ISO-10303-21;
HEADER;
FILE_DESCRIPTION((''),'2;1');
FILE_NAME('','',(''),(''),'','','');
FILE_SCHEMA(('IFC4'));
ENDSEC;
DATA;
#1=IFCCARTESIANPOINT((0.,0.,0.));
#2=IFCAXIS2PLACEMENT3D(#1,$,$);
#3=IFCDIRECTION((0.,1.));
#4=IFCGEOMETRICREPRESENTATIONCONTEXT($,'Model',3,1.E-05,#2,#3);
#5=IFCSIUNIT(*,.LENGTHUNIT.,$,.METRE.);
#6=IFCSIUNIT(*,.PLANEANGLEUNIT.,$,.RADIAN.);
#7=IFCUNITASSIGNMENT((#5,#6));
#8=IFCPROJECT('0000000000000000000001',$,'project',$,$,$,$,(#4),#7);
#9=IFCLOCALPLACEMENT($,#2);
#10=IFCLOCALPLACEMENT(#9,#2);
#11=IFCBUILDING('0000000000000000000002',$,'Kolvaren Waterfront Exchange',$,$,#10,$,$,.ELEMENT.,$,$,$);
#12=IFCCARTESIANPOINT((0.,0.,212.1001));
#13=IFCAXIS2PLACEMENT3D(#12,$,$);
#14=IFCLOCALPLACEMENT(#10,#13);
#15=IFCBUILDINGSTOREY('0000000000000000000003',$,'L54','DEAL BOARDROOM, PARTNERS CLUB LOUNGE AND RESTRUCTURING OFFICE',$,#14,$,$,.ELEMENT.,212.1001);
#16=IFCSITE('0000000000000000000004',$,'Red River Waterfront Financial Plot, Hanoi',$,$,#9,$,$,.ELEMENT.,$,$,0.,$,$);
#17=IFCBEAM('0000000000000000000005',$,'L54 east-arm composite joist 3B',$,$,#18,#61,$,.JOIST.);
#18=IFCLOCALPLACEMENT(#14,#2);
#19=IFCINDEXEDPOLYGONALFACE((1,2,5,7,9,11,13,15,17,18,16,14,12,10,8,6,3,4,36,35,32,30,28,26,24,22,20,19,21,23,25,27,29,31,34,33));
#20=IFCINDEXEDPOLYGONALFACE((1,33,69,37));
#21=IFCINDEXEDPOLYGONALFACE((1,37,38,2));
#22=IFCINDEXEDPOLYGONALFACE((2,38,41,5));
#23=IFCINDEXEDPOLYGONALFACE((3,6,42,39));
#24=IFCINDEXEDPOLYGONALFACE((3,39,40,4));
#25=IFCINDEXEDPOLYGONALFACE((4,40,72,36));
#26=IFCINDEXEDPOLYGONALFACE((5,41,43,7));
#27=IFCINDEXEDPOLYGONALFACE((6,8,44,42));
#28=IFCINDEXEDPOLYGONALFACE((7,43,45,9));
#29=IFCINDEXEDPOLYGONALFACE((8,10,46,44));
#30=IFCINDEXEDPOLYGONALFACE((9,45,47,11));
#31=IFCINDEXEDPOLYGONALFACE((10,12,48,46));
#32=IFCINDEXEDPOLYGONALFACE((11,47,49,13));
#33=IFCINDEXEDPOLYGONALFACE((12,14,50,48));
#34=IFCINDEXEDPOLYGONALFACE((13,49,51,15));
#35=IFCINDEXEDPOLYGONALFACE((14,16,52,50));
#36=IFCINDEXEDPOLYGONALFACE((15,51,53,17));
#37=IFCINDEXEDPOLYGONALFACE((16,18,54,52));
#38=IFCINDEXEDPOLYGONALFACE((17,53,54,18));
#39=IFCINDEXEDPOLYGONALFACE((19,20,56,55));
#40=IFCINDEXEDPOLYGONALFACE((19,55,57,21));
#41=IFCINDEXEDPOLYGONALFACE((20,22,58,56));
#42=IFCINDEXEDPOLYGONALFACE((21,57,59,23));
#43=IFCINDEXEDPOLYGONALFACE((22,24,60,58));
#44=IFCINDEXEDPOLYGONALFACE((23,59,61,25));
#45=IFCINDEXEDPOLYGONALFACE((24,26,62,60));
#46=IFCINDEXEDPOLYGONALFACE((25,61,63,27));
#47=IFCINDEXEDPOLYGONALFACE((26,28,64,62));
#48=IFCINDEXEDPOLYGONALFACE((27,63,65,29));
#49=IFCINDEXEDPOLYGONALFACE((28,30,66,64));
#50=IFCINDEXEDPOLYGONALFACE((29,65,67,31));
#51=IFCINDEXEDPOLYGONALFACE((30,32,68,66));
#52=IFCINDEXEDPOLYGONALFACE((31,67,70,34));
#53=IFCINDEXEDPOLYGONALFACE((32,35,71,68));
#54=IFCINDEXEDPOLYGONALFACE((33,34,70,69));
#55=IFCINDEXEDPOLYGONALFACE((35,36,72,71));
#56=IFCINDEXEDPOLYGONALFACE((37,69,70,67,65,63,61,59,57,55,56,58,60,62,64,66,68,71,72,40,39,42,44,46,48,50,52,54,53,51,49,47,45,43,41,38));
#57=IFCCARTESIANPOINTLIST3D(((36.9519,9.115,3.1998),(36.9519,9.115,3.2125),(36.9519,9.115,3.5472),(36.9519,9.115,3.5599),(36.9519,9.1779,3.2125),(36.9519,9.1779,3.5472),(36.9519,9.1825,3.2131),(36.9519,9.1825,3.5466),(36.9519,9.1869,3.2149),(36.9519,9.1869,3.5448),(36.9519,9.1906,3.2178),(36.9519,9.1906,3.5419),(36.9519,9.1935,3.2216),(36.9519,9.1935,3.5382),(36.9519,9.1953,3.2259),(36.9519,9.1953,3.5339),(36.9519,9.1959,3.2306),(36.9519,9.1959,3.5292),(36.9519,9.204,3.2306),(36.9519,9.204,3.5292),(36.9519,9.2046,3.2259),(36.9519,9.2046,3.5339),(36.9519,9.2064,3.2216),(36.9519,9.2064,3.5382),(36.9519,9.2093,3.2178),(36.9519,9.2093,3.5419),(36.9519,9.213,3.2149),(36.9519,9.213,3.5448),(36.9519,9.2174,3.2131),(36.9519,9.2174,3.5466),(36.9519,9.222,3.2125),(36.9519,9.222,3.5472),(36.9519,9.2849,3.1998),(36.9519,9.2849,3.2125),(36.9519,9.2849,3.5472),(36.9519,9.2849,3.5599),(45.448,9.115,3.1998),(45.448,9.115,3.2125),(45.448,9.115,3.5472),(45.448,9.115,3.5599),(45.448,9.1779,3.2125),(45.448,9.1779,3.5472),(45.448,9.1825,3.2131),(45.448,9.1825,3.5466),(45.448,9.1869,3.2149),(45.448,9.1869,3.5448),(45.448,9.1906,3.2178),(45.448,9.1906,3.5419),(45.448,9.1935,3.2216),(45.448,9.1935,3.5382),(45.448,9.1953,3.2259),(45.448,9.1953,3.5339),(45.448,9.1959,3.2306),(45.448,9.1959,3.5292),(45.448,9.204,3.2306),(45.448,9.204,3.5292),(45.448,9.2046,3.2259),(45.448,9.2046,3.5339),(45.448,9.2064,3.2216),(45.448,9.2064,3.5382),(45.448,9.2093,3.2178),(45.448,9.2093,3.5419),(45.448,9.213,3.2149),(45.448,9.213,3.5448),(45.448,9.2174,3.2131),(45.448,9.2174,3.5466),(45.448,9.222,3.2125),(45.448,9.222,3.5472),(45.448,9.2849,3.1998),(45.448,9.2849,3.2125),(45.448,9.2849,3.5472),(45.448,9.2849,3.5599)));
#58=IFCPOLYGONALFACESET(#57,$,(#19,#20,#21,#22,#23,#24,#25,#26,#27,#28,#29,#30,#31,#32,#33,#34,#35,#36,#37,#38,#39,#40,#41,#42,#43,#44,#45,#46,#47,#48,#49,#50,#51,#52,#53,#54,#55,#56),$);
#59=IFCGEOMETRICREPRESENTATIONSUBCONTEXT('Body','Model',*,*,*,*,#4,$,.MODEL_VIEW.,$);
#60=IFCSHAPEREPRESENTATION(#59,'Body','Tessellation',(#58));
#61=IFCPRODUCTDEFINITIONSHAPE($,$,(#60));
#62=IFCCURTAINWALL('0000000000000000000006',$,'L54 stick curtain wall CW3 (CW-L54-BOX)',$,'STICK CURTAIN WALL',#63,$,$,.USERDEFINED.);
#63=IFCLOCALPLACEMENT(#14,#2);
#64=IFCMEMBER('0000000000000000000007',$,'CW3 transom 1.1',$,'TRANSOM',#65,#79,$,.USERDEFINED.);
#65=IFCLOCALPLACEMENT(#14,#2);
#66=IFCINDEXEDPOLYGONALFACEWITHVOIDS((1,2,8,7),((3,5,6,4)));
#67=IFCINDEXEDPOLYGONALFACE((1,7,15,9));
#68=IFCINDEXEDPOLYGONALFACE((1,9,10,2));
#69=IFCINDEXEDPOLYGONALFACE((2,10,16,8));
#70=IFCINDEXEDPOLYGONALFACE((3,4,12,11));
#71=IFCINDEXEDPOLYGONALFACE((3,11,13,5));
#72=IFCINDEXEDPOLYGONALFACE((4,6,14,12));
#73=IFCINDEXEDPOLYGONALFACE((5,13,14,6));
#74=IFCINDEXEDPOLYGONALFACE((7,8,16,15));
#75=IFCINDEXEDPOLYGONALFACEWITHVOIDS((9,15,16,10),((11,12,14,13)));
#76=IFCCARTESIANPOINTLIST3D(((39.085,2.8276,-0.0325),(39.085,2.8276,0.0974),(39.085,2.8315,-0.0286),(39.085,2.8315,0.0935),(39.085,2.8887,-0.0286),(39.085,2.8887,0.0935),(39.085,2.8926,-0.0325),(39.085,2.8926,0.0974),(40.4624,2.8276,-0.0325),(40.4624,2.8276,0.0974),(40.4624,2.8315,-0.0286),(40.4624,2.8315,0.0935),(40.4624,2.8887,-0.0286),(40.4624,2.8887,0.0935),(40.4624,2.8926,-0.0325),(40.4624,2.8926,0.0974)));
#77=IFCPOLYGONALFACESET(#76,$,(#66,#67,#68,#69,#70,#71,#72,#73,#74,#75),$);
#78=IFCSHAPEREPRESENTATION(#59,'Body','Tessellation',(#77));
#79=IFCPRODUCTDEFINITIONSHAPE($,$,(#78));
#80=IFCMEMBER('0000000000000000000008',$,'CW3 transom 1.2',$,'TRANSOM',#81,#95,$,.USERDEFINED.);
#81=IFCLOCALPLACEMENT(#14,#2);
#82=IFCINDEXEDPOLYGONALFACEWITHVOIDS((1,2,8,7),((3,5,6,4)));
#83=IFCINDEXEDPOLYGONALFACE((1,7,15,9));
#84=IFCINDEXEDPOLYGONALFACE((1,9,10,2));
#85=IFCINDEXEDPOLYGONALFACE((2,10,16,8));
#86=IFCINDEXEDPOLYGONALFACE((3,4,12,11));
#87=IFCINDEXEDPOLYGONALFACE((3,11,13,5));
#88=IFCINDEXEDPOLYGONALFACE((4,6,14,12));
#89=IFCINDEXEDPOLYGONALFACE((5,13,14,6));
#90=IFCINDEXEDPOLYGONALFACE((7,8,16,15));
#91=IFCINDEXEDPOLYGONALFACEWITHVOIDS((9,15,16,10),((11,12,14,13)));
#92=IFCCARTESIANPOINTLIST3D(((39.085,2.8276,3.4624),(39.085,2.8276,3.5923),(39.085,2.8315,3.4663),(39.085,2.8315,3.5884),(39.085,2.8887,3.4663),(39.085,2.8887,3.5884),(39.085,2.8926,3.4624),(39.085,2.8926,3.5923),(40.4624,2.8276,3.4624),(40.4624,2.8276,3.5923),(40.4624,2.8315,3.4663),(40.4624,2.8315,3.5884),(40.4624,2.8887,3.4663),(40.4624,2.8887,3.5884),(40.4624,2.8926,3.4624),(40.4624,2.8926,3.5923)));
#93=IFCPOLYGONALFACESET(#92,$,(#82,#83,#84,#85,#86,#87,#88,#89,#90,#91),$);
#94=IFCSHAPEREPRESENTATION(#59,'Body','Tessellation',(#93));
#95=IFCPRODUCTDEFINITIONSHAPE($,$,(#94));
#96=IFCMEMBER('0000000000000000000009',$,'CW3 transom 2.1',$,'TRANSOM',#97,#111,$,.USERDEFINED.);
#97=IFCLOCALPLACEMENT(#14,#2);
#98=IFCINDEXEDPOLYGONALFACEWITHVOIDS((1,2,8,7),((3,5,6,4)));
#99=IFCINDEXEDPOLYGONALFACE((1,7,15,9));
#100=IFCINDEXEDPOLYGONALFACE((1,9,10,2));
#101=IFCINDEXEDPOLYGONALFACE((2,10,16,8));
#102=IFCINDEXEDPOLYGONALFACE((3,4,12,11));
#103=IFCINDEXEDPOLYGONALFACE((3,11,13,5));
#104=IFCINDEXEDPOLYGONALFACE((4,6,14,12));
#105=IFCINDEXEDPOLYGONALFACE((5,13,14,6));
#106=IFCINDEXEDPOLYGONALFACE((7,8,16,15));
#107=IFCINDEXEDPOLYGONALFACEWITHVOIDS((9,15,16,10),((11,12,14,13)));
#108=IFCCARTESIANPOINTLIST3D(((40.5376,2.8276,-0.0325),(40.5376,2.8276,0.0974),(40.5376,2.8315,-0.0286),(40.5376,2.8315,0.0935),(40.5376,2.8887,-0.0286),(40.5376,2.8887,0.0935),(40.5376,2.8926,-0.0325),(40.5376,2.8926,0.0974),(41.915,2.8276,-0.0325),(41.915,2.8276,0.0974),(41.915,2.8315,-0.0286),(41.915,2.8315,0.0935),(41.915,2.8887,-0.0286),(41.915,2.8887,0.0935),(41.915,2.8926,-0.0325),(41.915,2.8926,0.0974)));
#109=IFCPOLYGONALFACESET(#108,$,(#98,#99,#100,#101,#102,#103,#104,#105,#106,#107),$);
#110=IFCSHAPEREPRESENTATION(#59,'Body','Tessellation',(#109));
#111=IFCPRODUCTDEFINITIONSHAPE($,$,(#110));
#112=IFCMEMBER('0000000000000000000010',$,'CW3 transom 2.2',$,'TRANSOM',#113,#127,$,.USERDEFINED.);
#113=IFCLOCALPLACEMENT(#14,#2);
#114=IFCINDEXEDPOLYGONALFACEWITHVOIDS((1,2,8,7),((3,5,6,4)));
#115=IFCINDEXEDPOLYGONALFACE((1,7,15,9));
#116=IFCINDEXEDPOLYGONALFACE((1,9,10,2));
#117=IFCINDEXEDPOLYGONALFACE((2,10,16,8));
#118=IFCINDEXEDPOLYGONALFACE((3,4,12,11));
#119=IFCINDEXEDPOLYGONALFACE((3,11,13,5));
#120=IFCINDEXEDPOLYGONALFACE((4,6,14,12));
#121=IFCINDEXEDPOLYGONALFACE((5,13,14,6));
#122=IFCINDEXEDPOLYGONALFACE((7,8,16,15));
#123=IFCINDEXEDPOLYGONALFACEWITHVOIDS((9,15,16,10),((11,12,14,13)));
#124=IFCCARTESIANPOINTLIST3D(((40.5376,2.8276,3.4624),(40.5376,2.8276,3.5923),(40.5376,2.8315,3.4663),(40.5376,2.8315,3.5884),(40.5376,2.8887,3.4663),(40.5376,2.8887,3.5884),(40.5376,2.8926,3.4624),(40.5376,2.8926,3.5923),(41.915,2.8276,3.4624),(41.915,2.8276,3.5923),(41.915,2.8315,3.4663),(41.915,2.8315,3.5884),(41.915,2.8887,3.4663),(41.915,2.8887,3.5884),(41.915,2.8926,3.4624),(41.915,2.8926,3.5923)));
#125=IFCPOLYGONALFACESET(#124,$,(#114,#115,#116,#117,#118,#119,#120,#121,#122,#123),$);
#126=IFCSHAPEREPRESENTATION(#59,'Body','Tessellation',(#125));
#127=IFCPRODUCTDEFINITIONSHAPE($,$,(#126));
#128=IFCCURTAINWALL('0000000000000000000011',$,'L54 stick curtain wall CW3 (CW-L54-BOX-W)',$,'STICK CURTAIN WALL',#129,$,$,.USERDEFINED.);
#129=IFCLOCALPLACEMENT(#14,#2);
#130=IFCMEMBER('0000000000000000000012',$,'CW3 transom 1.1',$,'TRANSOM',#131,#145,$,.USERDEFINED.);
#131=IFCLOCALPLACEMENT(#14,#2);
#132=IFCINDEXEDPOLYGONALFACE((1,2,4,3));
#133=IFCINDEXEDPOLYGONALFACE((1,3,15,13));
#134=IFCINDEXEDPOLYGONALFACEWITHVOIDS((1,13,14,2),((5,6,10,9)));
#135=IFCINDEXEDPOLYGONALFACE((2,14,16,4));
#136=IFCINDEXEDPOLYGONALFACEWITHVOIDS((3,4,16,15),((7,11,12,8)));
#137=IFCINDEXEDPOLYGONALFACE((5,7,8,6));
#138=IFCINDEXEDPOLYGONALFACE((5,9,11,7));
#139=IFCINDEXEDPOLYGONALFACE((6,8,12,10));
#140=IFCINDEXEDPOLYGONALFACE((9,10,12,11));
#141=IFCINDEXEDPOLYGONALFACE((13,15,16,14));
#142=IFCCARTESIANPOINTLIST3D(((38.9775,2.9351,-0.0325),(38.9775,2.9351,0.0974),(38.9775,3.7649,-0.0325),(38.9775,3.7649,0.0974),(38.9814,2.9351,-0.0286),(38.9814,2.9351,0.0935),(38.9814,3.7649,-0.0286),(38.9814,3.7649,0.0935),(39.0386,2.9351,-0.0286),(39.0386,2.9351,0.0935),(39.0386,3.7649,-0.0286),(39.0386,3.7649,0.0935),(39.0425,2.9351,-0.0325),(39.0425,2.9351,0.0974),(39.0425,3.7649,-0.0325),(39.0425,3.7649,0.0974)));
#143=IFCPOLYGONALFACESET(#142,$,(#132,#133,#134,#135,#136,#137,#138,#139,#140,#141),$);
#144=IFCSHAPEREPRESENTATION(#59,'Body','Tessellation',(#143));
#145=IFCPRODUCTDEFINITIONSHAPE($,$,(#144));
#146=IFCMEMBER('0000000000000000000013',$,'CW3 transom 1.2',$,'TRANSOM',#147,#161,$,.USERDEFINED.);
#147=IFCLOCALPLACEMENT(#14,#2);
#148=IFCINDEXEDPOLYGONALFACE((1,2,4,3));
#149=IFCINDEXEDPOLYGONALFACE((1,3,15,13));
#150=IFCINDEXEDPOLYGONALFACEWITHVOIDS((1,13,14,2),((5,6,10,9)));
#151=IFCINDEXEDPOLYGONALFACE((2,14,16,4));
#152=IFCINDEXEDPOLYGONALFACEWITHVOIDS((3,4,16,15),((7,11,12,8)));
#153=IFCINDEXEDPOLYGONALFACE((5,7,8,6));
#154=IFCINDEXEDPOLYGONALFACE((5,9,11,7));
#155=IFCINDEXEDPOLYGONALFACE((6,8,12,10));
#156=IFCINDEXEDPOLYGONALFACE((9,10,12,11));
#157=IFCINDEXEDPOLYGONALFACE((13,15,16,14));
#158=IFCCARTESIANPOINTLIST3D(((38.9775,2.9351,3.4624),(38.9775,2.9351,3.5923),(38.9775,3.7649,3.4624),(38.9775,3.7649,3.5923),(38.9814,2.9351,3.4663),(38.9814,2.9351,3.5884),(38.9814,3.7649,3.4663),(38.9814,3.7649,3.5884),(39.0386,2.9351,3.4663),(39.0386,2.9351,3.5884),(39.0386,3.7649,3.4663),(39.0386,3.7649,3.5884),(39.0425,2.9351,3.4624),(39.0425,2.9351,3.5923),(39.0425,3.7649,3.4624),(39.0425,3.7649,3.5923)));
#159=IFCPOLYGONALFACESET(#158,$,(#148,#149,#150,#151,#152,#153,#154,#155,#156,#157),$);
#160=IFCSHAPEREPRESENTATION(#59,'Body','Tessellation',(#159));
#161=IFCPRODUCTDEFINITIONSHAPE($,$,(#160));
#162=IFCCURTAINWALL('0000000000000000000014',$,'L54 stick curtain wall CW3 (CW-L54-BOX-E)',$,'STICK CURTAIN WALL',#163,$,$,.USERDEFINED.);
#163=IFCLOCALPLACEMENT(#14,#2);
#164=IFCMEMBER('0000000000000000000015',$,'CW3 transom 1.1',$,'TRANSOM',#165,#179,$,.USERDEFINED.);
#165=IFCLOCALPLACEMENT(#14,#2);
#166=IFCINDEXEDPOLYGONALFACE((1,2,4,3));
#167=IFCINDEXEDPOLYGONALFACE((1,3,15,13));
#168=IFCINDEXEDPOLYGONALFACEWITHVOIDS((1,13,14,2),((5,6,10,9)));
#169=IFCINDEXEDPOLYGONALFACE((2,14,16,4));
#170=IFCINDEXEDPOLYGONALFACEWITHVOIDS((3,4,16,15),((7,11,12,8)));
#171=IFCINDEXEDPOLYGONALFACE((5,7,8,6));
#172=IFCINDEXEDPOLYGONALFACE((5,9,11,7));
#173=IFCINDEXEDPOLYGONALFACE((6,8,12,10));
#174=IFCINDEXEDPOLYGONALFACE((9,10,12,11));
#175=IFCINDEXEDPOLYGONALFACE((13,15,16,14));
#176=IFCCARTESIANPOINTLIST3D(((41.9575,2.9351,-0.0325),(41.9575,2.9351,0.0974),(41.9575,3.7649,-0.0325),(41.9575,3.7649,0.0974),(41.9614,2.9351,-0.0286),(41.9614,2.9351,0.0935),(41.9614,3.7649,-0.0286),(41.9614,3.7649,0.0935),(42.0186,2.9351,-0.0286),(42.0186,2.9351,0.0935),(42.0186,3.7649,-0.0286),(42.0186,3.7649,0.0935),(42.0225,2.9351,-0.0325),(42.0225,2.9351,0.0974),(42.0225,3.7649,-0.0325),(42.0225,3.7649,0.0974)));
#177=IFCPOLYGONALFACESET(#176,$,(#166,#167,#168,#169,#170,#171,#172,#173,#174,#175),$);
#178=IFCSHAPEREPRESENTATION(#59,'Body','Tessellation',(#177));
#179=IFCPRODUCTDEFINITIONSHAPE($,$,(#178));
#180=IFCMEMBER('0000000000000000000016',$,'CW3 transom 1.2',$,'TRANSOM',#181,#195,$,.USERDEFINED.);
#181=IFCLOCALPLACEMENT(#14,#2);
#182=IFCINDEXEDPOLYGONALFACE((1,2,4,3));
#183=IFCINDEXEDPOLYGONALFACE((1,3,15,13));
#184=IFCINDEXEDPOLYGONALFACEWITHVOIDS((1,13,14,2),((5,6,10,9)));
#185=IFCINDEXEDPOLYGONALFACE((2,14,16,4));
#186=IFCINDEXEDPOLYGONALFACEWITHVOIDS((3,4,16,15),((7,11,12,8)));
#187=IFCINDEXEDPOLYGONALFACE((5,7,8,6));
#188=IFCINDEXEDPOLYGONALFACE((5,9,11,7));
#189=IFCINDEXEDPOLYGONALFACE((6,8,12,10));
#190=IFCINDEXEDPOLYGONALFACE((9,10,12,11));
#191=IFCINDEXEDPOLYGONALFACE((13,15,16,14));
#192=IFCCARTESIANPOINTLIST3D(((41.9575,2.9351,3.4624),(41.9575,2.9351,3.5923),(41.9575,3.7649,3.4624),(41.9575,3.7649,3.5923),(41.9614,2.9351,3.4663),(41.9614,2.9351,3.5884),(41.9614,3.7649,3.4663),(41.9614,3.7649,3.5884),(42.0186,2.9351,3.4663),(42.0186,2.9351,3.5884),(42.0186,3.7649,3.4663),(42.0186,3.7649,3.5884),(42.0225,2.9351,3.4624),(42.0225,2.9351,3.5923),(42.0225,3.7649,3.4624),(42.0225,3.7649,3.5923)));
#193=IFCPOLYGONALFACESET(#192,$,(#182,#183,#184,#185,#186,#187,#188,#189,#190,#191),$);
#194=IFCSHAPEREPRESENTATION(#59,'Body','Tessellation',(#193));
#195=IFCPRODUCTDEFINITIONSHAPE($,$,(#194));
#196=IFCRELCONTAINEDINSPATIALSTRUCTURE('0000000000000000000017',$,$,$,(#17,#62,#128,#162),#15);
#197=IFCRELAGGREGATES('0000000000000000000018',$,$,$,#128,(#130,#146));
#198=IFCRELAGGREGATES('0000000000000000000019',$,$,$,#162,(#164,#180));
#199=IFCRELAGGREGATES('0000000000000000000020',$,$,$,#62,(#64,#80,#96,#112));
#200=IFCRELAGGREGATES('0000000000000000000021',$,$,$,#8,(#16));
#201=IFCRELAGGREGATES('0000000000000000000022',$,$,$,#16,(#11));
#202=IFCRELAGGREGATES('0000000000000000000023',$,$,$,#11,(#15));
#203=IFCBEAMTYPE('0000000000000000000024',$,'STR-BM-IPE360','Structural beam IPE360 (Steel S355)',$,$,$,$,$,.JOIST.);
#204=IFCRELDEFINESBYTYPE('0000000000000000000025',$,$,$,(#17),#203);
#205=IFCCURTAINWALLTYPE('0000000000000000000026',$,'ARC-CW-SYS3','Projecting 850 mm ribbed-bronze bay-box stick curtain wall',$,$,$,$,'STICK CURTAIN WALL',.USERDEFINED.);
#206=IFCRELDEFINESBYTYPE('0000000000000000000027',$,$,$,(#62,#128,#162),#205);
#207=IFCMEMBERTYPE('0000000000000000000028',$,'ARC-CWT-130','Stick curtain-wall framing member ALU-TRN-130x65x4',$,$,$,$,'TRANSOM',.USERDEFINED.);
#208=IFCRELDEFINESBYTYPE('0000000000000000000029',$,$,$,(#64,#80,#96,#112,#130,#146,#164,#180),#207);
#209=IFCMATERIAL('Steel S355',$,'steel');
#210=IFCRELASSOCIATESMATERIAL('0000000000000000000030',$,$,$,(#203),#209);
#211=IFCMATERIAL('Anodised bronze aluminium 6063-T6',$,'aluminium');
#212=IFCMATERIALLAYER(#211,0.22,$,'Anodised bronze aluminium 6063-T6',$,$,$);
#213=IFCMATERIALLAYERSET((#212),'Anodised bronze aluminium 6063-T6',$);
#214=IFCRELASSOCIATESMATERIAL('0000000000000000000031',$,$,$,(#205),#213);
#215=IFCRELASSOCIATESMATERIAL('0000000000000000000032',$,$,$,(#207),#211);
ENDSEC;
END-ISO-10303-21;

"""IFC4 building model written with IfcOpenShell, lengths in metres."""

from ifc_helpers import new_model, si_unit, direction, frame, origin, origin_with_axes, origin_2d, place, context, subcontext, project, spatial, hollow_rectangle, i_section, extrude, source, transform, mapped, material, layer, layer_set, material_profile, profile_set, type_object, element, aggregate, save


model = new_model("IFC4")

# Units and contexts
model_context = context("Model", 3, precision=1e-05, world=origin(), true_north=direction((0.0, 1.0)))
body_context = subcontext(model_context, "Body", "Model", "MODEL_VIEW")
ifc_project = project(units=[si_unit("LENGTHUNIT", "METRE"), si_unit("PLANEANGLEUNIT", "RADIAN")], contexts=[model_context])

# Site, building, storey
site_placement = place(None, origin())
site = spatial("IfcSite", under=ifc_project, at=site_placement, Name="Red River Waterfront Financial Plot, Hanoi", CompositionType="ELEMENT", RefElevation=0.0)
building_placement = place(site_placement, origin())
building = spatial("IfcBuilding", under=site, at=building_placement, Name="Kolvaren Waterfront Exchange", CompositionType="ELEMENT")
storey_placement = place(building_placement, frame((0.0, 0.0, 212.1001)))
storey = spatial("IfcBuildingStorey", under=building, at=storey_placement, Name="L54", Description="DEAL BOARDROOM, PARTNERS CLUB LOUNGE AND RESTRUCTURING OFFICE", CompositionType="ELEMENT", Elevation=212.1001)

# Beam
ifc_material_1 = material(Name="Steel S355", Category="steel")
ifc_material_profile_1 = material_profile(ifc_material_1, i_section(OverallWidth=0.1699, OverallDepth=0.3601, WebThickness=0.0081, FlangeThickness=0.0127, FilletRadius=0.0181, at=origin_2d()), Name="IPE360")
ifc_profile_set_1 = profile_set([ifc_material_profile_1], Name="Steel S355")
beam_type_1 = type_object("IfcBeamType", Name="STR-BM-IPE360", Description="Structural beam IPE360 (Steel S355)", PredefinedType="JOIST", material=ifc_profile_set_1)
beam_1_placement = place(storey_placement, frame((36.9519, 9.2, 3.3799), z_axis=(1.0, 0.0, 0.0), x_axis=(0.0, 1.0, 0.0)))
element("IfcBeam", 1, at=beam_1_placement, inside=storey, type_object=beam_type_1, Name="L54 east-arm composite joist 3B", PredefinedType="JOIST", context=body_context, shape_type="SweptSolid", body=[
    extrude(i_section(OverallWidth=0.1699, OverallDepth=0.3601, WebThickness=0.0081, FlangeThickness=0.0127, FilletRadius=0.0181, at=origin_2d()), origin(), (0.0, 0.0, 1.0), 8.4961),
])

# Curtain walls, members
ifc_material_2 = material(Name="Anodised bronze aluminium 6063-T6", Category="aluminium")
ifc_layer_1 = layer(ifc_material_2, 0.22, Name="Anodised bronze aluminium 6063-T6")
ifc_layer_set_1 = layer_set([ifc_layer_1], Name="Anodised bronze aluminium 6063-T6")
curtain_wall_type_1 = type_object("IfcCurtainWallType", Name="ARC-CW-SYS3", Description="Projecting 850 mm ribbed-bronze bay-box stick curtain wall", ElementType="STICK CURTAIN WALL", PredefinedType="USERDEFINED", material=ifc_layer_set_1)
curtain_wall_1_placement = place(storey_placement, origin())
curtain_wall_1 = element("IfcCurtainWall", 2, at=curtain_wall_1_placement, inside=storey, type_object=curtain_wall_type_1, Name="L54 stick curtain wall CW3 (CW-L54-BOX)", ObjectType="STICK CURTAIN WALL", PredefinedType="USERDEFINED")
ifc_material_profile_2 = material_profile(ifc_material_2, hollow_rectangle(XDim=0.0649, YDim=0.1299, WallThickness=0.0039, at=origin_2d()), Name="ALU-TRN-130x65x4")
ifc_profile_set_2 = profile_set([ifc_material_profile_2], Name="Anodised bronze aluminium 6063-T6")
member_type_1 = type_object("IfcMemberType", Name="ARC-CWT-130", Description="Stick curtain-wall framing member ALU-TRN-130x65x4", ElementType="TRANSOM", PredefinedType="USERDEFINED", material=ifc_profile_set_2)
shared_shape_1 = source(origin_with_axes(), body_context, "Body", "SweptSolid", [
    extrude(hollow_rectangle(XDim=0.0649, YDim=0.1299, WallThickness=0.0039, at=origin_2d()), origin(), (0.0, 0.0, 1.0), 1.3774),
])
member_1_placement = place(storey_placement, frame((39.085, 2.8601, 0.0325), z_axis=(1.0, 0.0, 0.0), x_axis=(0.0, 1.0, 0.0)))
member_1 = element("IfcMember", 3, at=member_1_placement, type_object=member_type_1, Name="CW3 transom 1.1", ObjectType="TRANSOM", PredefinedType="USERDEFINED", context=body_context, shape_type="MappedRepresentation", body=[
    mapped(shared_shape_1, transform((0.0, 0.0, 0.0), x_axis=(1.0, 0.0, 0.0), y_axis=(0.0, 1.0, 0.0), z_axis=(0.0, 0.0, 1.0), scale=1.0)),
])
member_2_placement = place(storey_placement, frame((39.085, 2.8601, 3.5273), z_axis=(1.0, 0.0, 0.0), x_axis=(0.0, 1.0, 0.0)))
member_2 = element("IfcMember", 4, at=member_2_placement, type_object=member_type_1, Name="CW3 transom 1.2", ObjectType="TRANSOM", PredefinedType="USERDEFINED", context=body_context, shape_type="MappedRepresentation", body=[
    mapped(shared_shape_1, transform((0.0, 0.0, 0.0), x_axis=(1.0, 0.0, 0.0), y_axis=(0.0, 1.0, 0.0), z_axis=(0.0, 0.0, 1.0), scale=1.0)),
])
member_3_placement = place(storey_placement, frame((40.5376, 2.8601, 0.0325), z_axis=(1.0, 0.0, 0.0), x_axis=(0.0, 1.0, 0.0)))
member_3 = element("IfcMember", 5, at=member_3_placement, type_object=member_type_1, Name="CW3 transom 2.1", ObjectType="TRANSOM", PredefinedType="USERDEFINED", context=body_context, shape_type="MappedRepresentation", body=[
    mapped(shared_shape_1, transform((0.0, 0.0, 0.0), x_axis=(1.0, 0.0, 0.0), y_axis=(0.0, 1.0, 0.0), z_axis=(0.0, 0.0, 1.0), scale=1.0)),
])
member_4_placement = place(storey_placement, frame((40.5376, 2.8601, 3.5273), z_axis=(1.0, 0.0, 0.0), x_axis=(0.0, 1.0, 0.0)))
member_4 = element("IfcMember", 6, at=member_4_placement, type_object=member_type_1, Name="CW3 transom 2.2", ObjectType="TRANSOM", PredefinedType="USERDEFINED", context=body_context, shape_type="MappedRepresentation", body=[
    mapped(shared_shape_1, transform((0.0, 0.0, 0.0), x_axis=(1.0, 0.0, 0.0), y_axis=(0.0, 1.0, 0.0), z_axis=(0.0, 0.0, 1.0), scale=1.0)),
])
curtain_wall_2_placement = place(storey_placement, origin())
curtain_wall_2 = element("IfcCurtainWall", 7, at=curtain_wall_2_placement, inside=storey, type_object=curtain_wall_type_1, Name="L54 stick curtain wall CW3 (CW-L54-BOX-W)", ObjectType="STICK CURTAIN WALL", PredefinedType="USERDEFINED")
shared_shape_2 = source(origin_with_axes(), body_context, "Body", "SweptSolid", [
    extrude(hollow_rectangle(XDim=0.0649, YDim=0.1299, WallThickness=0.0039, at=origin_2d()), origin(), (0.0, 0.0, 1.0), 0.8298),
])
member_5_placement = place(storey_placement, frame((39.01, 3.7649, 0.0325), z_axis=(0.0, -1.0, 0.0), x_axis=(1.0, 0.0, 0.0)))
member_5 = element("IfcMember", 8, at=member_5_placement, type_object=member_type_1, Name="CW3 transom 1.1", ObjectType="TRANSOM", PredefinedType="USERDEFINED", context=body_context, shape_type="MappedRepresentation", body=[
    mapped(shared_shape_2, transform((0.0, 0.0, 0.0), x_axis=(1.0, 0.0, 0.0), y_axis=(0.0, 1.0, 0.0), z_axis=(0.0, 0.0, 1.0), scale=1.0)),
])
member_6_placement = place(storey_placement, frame((39.01, 3.7649, 3.5273), z_axis=(0.0, -1.0, 0.0), x_axis=(1.0, 0.0, 0.0)))
member_6 = element("IfcMember", 9, at=member_6_placement, type_object=member_type_1, Name="CW3 transom 1.2", ObjectType="TRANSOM", PredefinedType="USERDEFINED", context=body_context, shape_type="MappedRepresentation", body=[
    mapped(shared_shape_2, transform((0.0, 0.0, 0.0), x_axis=(1.0, 0.0, 0.0), y_axis=(0.0, 1.0, 0.0), z_axis=(0.0, 0.0, 1.0), scale=1.0)),
])
curtain_wall_3_placement = place(storey_placement, origin())
curtain_wall_3 = element("IfcCurtainWall", 10, at=curtain_wall_3_placement, inside=storey, type_object=curtain_wall_type_1, Name="L54 stick curtain wall CW3 (CW-L54-BOX-E)", ObjectType="STICK CURTAIN WALL", PredefinedType="USERDEFINED")
member_7_placement = place(storey_placement, frame((41.99, 2.9351, 0.0325), z_axis=(0.0, 1.0, 0.0), x_axis=(-1.0, 0.0, 0.0)))
member_7 = element("IfcMember", 11, at=member_7_placement, type_object=member_type_1, Name="CW3 transom 1.1", ObjectType="TRANSOM", PredefinedType="USERDEFINED", context=body_context, shape_type="MappedRepresentation", body=[
    mapped(shared_shape_2, transform((0.0, 0.0, 0.0), x_axis=(1.0, 0.0, 0.0), y_axis=(0.0, 1.0, 0.0), z_axis=(0.0, 0.0, 1.0), scale=1.0)),
])
member_8_placement = place(storey_placement, frame((41.99, 2.9351, 3.5273), z_axis=(0.0, 1.0, 0.0), x_axis=(-1.0, 0.0, 0.0)))
member_8 = element("IfcMember", 12, at=member_8_placement, type_object=member_type_1, Name="CW3 transom 1.2", ObjectType="TRANSOM", PredefinedType="USERDEFINED", context=body_context, shape_type="MappedRepresentation", body=[
    mapped(shared_shape_2, transform((0.0, 0.0, 0.0), x_axis=(1.0, 0.0, 0.0), y_axis=(0.0, 1.0, 0.0), z_axis=(0.0, 0.0, 1.0), scale=1.0)),
])

aggregate(curtain_wall_2, [member_5, member_6])
aggregate(curtain_wall_3, [member_7, member_8])
aggregate(curtain_wall_1, [member_1, member_2, member_3, member_4])

save(model, "model.ifc")
